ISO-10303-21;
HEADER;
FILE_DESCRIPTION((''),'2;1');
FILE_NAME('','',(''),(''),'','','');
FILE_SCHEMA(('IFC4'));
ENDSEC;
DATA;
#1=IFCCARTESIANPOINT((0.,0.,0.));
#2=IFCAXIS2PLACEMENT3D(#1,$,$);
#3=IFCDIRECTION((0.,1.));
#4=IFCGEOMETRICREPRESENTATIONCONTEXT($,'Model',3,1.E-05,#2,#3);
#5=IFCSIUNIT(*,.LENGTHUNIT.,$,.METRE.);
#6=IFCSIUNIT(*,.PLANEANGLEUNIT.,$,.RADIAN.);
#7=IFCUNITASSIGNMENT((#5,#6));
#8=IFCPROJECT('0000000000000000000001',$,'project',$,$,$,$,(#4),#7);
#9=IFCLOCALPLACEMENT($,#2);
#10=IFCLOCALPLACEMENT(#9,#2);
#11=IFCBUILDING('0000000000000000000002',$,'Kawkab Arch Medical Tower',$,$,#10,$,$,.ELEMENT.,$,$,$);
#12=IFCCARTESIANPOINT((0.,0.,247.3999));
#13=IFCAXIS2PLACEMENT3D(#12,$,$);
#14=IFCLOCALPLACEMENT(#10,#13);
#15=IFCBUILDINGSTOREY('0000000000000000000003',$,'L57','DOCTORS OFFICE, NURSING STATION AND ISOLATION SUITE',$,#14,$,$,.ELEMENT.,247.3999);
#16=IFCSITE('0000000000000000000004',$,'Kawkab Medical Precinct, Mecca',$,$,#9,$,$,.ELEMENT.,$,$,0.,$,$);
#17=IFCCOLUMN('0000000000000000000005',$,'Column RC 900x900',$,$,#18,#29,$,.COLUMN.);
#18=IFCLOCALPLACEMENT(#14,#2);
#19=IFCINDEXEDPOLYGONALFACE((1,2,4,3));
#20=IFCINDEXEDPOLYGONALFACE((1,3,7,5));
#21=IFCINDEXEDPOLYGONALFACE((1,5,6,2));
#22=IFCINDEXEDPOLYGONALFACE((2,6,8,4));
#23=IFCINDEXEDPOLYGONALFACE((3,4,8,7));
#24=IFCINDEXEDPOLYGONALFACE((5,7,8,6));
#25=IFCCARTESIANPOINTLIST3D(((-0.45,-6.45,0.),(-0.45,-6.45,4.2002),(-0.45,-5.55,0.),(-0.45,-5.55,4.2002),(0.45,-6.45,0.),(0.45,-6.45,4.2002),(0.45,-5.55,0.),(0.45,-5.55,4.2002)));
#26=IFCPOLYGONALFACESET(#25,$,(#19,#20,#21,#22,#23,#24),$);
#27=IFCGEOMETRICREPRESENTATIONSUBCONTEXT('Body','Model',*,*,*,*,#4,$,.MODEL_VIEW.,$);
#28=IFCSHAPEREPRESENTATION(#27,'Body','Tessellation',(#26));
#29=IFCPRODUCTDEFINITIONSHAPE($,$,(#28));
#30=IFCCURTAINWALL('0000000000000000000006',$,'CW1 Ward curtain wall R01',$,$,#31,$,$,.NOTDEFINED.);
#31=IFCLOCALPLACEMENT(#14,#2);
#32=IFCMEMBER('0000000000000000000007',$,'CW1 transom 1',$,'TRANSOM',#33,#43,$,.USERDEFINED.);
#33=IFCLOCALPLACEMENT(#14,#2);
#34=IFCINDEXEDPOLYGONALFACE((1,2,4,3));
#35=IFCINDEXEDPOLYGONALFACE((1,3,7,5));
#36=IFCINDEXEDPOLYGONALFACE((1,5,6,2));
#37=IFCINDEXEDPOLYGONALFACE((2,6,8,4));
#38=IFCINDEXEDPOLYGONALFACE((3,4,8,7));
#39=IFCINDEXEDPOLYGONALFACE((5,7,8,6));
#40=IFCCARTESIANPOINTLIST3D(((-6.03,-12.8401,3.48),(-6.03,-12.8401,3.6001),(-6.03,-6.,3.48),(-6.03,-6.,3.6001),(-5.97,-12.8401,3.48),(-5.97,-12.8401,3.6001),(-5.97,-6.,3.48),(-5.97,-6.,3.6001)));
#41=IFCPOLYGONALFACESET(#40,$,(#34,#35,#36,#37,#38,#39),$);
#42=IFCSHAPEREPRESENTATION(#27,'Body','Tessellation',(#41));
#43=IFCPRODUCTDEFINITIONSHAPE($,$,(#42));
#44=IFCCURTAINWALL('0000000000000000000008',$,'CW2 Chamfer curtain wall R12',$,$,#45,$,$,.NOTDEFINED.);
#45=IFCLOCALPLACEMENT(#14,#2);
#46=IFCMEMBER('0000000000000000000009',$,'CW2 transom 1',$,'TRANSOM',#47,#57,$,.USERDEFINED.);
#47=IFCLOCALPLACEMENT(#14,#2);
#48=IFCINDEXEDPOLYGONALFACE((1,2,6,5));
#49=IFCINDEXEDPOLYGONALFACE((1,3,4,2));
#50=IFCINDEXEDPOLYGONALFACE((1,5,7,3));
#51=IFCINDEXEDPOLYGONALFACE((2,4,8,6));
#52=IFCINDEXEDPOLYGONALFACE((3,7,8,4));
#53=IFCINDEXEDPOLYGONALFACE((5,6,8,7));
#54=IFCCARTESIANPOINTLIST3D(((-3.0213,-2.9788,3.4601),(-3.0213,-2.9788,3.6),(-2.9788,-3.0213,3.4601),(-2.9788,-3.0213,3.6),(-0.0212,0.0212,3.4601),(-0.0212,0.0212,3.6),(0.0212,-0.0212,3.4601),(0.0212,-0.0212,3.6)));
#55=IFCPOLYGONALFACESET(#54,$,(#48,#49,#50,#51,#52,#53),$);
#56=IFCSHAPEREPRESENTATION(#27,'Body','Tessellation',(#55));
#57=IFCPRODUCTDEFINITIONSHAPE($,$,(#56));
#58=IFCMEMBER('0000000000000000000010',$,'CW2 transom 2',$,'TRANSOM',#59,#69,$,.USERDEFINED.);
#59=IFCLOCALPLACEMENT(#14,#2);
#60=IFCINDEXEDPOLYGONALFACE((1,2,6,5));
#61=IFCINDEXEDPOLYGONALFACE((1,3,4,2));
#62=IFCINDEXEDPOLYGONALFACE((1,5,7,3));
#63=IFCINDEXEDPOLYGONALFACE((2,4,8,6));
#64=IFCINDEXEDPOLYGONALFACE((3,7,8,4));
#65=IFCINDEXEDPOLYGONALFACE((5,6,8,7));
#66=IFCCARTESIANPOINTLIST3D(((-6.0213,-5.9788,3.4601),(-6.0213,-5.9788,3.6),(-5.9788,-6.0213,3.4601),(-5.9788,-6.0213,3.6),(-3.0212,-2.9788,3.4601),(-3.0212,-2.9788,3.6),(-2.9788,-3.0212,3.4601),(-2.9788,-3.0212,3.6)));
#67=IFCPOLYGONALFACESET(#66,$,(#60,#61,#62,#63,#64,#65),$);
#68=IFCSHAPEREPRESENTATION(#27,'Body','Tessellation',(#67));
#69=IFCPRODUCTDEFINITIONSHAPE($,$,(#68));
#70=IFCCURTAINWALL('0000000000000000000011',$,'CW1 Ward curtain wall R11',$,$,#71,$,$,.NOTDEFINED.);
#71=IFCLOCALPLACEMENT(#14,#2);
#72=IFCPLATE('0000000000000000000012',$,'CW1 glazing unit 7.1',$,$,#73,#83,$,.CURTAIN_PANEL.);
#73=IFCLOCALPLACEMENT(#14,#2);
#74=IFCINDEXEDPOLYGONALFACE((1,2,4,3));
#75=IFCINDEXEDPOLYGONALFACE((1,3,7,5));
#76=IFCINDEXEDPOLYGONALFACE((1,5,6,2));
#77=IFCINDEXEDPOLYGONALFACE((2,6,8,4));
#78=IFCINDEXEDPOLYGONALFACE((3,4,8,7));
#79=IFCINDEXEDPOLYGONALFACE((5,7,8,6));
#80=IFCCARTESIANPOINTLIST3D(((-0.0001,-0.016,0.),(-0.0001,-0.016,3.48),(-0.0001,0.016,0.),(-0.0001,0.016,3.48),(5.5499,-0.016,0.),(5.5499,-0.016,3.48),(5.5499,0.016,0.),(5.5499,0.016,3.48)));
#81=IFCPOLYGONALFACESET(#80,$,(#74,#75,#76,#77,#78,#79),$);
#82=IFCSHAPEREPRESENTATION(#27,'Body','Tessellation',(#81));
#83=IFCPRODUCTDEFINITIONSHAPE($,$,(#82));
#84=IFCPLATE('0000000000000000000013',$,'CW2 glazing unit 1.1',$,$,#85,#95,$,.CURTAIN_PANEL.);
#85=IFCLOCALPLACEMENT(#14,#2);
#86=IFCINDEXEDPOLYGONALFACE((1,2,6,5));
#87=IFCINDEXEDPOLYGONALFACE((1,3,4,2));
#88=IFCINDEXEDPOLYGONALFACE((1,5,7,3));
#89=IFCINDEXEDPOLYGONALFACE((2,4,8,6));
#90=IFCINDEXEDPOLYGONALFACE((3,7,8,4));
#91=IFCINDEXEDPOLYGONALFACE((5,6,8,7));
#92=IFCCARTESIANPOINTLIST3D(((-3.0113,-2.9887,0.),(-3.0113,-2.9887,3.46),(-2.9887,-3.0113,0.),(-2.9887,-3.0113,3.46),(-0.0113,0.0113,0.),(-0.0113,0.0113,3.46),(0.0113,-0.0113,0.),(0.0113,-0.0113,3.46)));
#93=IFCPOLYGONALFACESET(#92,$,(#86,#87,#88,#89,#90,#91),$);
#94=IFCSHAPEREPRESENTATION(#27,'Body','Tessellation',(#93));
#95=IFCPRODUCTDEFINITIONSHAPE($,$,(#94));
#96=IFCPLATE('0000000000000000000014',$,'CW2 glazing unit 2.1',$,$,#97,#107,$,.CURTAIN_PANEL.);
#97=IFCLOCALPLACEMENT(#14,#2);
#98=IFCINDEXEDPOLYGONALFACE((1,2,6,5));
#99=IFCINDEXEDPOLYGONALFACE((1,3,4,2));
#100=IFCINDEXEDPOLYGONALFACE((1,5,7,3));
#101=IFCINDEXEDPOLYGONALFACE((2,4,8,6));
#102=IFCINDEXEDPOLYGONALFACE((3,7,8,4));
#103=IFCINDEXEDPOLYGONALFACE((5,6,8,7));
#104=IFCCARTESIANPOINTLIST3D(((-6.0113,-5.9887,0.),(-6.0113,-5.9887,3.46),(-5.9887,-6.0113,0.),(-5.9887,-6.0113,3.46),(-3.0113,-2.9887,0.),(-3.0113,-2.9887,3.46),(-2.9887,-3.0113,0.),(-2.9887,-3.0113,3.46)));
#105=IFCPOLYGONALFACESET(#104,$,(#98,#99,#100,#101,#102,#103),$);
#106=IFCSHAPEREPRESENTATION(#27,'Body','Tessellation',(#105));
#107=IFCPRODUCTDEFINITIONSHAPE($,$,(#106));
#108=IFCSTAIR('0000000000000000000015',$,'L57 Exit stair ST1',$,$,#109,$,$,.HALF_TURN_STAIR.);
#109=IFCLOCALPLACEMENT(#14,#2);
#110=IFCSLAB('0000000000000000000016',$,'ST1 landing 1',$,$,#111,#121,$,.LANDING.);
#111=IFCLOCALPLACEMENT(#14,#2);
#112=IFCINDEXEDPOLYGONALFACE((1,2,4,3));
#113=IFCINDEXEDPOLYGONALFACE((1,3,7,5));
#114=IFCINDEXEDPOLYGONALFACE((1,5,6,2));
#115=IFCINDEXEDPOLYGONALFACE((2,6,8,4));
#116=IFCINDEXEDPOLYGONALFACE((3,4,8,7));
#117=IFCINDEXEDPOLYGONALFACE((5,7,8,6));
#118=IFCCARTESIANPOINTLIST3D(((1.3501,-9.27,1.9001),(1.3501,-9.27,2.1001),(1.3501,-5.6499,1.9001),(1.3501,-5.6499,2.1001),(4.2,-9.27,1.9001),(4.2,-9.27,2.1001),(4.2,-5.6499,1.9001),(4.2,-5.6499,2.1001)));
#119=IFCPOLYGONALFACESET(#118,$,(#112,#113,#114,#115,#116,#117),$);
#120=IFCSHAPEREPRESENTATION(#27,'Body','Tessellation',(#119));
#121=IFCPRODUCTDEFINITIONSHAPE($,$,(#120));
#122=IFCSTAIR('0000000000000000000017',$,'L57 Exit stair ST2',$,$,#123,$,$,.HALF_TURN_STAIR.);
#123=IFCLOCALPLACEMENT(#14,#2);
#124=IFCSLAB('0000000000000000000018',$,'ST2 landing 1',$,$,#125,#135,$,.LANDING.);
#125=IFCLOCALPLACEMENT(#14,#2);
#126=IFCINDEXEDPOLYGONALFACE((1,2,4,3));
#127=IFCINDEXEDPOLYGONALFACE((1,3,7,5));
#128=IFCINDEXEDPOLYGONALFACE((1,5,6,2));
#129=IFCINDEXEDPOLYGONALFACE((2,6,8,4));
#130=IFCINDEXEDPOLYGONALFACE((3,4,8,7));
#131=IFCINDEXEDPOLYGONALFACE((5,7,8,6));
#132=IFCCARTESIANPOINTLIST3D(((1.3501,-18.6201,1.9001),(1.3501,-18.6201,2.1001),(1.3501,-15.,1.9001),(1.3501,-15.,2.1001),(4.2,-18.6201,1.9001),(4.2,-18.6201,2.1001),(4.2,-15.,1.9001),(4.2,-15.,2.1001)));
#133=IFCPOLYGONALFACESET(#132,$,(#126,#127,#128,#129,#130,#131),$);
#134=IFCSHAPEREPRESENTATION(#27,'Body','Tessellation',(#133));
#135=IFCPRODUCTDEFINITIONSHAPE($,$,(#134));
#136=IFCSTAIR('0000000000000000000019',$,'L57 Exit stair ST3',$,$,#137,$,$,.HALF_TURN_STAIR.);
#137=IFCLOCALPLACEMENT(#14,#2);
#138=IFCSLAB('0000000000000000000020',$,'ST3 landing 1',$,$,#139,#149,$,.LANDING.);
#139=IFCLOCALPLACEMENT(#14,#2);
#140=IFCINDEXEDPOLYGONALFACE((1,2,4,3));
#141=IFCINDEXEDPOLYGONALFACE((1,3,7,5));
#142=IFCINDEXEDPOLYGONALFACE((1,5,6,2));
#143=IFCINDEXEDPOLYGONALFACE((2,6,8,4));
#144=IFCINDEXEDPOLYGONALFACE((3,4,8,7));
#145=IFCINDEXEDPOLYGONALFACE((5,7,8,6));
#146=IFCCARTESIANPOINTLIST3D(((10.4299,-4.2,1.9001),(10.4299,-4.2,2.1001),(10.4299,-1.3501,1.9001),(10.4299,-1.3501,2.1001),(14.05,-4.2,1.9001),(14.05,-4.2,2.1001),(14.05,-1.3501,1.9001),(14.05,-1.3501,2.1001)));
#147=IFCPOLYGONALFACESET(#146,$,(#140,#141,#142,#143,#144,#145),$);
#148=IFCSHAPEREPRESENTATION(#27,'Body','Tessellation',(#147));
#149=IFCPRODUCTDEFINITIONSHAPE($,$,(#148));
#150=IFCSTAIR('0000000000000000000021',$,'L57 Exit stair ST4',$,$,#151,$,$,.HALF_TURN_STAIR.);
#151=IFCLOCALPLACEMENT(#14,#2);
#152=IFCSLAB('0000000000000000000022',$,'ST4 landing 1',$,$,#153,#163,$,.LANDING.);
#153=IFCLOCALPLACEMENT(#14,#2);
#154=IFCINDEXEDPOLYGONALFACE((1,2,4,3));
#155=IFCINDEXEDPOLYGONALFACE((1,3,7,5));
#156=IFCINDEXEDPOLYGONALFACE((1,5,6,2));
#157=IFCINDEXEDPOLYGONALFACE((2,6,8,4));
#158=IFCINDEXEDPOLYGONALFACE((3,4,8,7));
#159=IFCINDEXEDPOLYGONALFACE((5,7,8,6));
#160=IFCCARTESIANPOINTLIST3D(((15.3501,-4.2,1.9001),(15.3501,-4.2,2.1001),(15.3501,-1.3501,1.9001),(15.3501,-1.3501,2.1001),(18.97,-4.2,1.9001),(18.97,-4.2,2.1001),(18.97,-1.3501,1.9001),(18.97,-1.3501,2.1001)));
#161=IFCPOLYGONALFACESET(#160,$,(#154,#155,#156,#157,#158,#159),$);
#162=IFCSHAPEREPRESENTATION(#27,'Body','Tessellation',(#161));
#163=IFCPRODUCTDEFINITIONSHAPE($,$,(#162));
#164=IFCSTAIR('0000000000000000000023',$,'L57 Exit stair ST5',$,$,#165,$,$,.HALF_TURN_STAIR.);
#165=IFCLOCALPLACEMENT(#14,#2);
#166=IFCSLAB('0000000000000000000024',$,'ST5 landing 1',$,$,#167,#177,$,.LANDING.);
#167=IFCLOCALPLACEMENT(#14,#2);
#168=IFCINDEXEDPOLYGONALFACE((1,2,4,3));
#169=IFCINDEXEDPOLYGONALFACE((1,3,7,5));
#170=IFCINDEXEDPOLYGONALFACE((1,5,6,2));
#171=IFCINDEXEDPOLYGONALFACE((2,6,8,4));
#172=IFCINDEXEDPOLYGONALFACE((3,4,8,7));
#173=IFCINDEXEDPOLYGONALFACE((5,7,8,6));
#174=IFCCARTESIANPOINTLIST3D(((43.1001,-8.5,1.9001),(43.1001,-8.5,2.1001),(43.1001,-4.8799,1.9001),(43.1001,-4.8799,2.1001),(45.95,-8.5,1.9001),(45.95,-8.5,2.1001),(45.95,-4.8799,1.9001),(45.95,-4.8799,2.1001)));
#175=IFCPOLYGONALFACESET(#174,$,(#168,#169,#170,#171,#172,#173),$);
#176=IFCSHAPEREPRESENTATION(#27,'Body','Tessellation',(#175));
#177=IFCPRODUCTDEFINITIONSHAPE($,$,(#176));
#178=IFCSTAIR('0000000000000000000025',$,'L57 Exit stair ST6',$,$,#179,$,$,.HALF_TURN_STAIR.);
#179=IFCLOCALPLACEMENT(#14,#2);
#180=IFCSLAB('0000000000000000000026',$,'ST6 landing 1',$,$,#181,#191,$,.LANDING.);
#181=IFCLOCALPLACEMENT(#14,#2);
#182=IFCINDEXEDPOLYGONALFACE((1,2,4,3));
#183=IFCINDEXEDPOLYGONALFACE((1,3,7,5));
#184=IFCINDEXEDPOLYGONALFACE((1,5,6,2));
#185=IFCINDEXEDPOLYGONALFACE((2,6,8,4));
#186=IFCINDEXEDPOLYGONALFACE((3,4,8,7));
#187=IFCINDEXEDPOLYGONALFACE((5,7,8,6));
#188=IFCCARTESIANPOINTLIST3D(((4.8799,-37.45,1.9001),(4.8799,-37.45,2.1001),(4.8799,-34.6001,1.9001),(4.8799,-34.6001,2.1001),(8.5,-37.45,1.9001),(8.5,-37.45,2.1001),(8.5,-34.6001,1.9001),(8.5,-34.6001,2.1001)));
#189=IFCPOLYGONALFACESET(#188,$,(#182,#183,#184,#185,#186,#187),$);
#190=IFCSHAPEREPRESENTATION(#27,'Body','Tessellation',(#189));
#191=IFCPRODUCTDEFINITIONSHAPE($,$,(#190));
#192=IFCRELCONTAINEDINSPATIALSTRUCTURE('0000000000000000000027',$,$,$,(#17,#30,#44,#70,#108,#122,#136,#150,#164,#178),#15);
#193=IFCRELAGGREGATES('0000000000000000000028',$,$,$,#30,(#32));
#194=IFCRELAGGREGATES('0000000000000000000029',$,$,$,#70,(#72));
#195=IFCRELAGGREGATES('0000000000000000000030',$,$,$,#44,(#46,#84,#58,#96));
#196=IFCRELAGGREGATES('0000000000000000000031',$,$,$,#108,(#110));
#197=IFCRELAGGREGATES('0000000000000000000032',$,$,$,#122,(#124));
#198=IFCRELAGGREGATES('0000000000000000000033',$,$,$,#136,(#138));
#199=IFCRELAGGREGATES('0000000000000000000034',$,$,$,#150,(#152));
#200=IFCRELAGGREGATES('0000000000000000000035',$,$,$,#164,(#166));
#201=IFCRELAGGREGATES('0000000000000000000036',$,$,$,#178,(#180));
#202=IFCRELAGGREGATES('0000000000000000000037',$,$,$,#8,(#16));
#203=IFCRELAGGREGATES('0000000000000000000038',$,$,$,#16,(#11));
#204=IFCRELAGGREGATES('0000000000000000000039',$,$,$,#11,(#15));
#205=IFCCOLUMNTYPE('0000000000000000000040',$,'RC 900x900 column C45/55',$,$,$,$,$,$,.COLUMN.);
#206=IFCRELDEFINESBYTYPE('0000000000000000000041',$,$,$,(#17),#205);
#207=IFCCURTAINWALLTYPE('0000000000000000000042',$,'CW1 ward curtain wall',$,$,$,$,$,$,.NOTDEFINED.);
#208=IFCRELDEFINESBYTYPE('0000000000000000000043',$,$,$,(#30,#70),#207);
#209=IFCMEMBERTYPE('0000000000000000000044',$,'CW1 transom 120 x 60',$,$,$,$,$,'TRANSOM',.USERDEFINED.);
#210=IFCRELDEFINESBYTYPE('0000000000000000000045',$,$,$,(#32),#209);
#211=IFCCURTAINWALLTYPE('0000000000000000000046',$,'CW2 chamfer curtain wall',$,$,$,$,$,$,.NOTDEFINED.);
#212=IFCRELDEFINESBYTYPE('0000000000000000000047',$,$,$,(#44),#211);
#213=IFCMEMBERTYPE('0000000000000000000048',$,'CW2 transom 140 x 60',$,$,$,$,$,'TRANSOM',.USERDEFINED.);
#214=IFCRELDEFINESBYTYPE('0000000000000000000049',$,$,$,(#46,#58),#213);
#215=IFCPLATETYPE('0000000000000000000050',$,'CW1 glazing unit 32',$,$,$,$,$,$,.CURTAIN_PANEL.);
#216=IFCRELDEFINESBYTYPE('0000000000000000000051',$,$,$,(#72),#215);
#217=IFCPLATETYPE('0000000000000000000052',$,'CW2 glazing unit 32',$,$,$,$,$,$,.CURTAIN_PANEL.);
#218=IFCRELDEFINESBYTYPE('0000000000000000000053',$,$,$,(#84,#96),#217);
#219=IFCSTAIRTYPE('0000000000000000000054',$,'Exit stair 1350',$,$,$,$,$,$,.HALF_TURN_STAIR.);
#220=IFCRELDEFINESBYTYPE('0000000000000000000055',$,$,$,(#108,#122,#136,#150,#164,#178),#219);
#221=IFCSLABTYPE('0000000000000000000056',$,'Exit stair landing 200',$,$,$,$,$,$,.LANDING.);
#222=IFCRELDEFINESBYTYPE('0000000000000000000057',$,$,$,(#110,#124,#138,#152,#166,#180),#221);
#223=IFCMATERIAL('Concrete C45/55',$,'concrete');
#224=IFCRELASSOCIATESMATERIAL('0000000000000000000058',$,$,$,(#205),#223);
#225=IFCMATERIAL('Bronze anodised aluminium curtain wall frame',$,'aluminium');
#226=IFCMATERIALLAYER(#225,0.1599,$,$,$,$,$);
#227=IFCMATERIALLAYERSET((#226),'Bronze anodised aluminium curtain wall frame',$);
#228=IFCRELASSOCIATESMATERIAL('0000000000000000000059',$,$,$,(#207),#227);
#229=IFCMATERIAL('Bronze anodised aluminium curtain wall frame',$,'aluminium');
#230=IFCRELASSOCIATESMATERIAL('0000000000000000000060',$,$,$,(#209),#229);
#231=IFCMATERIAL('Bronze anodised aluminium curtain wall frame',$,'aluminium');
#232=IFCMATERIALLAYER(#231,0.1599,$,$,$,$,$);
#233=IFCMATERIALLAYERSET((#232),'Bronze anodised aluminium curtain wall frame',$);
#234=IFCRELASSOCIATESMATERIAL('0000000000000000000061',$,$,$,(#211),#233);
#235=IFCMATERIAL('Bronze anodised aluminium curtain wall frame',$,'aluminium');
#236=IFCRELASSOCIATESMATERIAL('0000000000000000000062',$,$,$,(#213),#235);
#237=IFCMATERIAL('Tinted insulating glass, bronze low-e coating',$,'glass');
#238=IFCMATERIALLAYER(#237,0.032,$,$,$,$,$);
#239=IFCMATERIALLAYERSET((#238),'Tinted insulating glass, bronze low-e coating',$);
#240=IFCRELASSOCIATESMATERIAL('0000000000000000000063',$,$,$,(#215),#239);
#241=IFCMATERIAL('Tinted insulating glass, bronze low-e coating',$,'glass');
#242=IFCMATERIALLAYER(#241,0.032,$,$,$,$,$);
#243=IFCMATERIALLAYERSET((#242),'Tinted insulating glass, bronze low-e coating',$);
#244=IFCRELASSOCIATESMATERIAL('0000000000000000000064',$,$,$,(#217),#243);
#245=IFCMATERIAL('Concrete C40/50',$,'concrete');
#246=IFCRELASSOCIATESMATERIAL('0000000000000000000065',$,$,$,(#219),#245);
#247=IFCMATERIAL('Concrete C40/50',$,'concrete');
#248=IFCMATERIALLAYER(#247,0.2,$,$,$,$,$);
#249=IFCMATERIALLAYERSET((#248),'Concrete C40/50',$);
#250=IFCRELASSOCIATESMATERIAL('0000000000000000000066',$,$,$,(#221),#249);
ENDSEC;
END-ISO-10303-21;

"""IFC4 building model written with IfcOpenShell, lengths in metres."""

from ifc_helpers import new_model, si_unit, direction, frame, origin, origin_2d, place, context, subcontext, project, spatial, polyline, rectangle, outline, extrude, material, layer, layer_set, material_profile, profile_set, type_object, element, aggregate, save


model = new_model("IFC4")

# Units and contexts
model_context = context("Model", 3, precision=1e-05, world=origin(), true_north=direction((0.0, 1.0)))
body_context = subcontext(model_context, "Body", "Model", "MODEL_VIEW")
ifc_project = project(units=[si_unit("LENGTHUNIT", "METRE"), si_unit("PLANEANGLEUNIT", "RADIAN")], contexts=[model_context])

# Site, building, storey
site_placement = place(None, origin())
site = spatial("IfcSite", under=ifc_project, at=site_placement, Name="Kawkab Medical Precinct, Mecca", CompositionType="ELEMENT", RefElevation=0.0)
building_placement = place(site_placement, origin())
building = spatial("IfcBuilding", under=site, at=building_placement, Name="Kawkab Arch Medical Tower", CompositionType="ELEMENT")
storey_placement = place(building_placement, frame((0.0, 0.0, 247.3999)))
storey = spatial("IfcBuildingStorey", under=building, at=storey_placement, Name="L57", Description="DOCTORS OFFICE, NURSING STATION AND ISOLATION SUITE", CompositionType="ELEMENT", Elevation=247.3999)

# Column
ifc_material_1 = material(Name="Concrete C45/55", Category="concrete")
ifc_material_profile_1 = material_profile(ifc_material_1, rectangle(XDim=0.8999, YDim=0.8999, at=origin_2d()), Name="RC 900x900")
ifc_profile_set_1 = profile_set([ifc_material_profile_1], Name="Concrete C45/55")
column_type = type_object("IfcColumnType", Name="RC 900x900 column C45/55", PredefinedType="COLUMN", material=ifc_profile_set_1)
column_placement = place(storey_placement, frame((0.0, -6.0, 0.0), z_axis=(0.0, 0.0, 1.0), x_axis=(1.0, 0.0, 0.0)))
element("IfcColumn", 1, at=column_placement, inside=storey, type_object=column_type, Name="Column RC 900x900", PredefinedType="COLUMN", context=body_context, shape_type="SweptSolid", body=[
    extrude(rectangle(XDim=0.8999, YDim=0.8999, at=origin_2d()), origin(), (0.0, 0.0, 1.0), 4.2002),
])

# Curtain wall, member
ifc_material_2 = material(Name="Bronze anodised aluminium curtain wall frame", Category="aluminium")
ifc_layer_1 = layer(ifc_material_2, 0.1599)
ifc_layer_set_1 = layer_set([ifc_layer_1], Name="Bronze anodised aluminium curtain wall frame")
curtain_wall_type_1 = type_object("IfcCurtainWallType", Name="CW1 ward curtain wall", PredefinedType="NOTDEFINED", material=ifc_layer_set_1)
placement_1 = place(storey_placement, origin())
curtain_wall_1 = element("IfcCurtainWall", 2, at=placement_1, inside=storey, type_object=curtain_wall_type_1, Name="CW1 Ward curtain wall R01", PredefinedType="NOTDEFINED")
ifc_material_3 = material(Name="Bronze anodised aluminium curtain wall frame", Category="aluminium")
ifc_material_profile_2 = material_profile(ifc_material_3, rectangle(XDim=0.0601, YDim=0.1201, at=origin_2d()), Name="AL 60x120")
ifc_profile_set_2 = profile_set([ifc_material_profile_2], Name="Bronze anodised aluminium curtain wall frame")
member_type_1 = type_object("IfcMemberType", Name="CW1 transom 120 x 60", ElementType="TRANSOM", PredefinedType="USERDEFINED", material=ifc_profile_set_2)
member_1_placement = place(storey_placement, frame((-6.0, -6.0, 3.54), z_axis=(0.0, -1.0, 0.0), x_axis=(1.0, 0.0, 0.0)))
member_1 = element("IfcMember", 3, at=member_1_placement, type_object=member_type_1, Name="CW1 transom 1", ObjectType="TRANSOM", PredefinedType="USERDEFINED", context=body_context, shape_type="SweptSolid", body=[
    extrude(rectangle(XDim=0.0601, YDim=0.1201, at=origin_2d()), origin(), (0.0, 0.0, 1.0), 6.8401),
])
aggregate(curtain_wall_1, [member_1])

# Curtain wall, members
ifc_material_4 = material(Name="Bronze anodised aluminium curtain wall frame", Category="aluminium")
ifc_layer_2 = layer(ifc_material_4, 0.1599)
ifc_layer_set_2 = layer_set([ifc_layer_2], Name="Bronze anodised aluminium curtain wall frame")
curtain_wall_type_2 = type_object("IfcCurtainWallType", Name="CW2 chamfer curtain wall", PredefinedType="NOTDEFINED", material=ifc_layer_set_2)
curtain_wall_2 = element("IfcCurtainWall", 4, at=placement_1, inside=storey, type_object=curtain_wall_type_2, Name="CW2 Chamfer curtain wall R12", PredefinedType="NOTDEFINED")
ifc_material_5 = material(Name="Bronze anodised aluminium curtain wall frame", Category="aluminium")
ifc_material_profile_3 = material_profile(ifc_material_5, rectangle(XDim=0.0601, YDim=0.1399, at=origin_2d()), Name="AL 60x140")
ifc_profile_set_3 = profile_set([ifc_material_profile_3], Name="Bronze anodised aluminium curtain wall frame")
member_type_2 = type_object("IfcMemberType", Name="CW2 transom 140 x 60", ElementType="TRANSOM", PredefinedType="USERDEFINED", material=ifc_profile_set_3)
member_2_placement = place(storey_placement, frame((0.0, 0.0, 3.53), z_axis=(-0.707107, -0.707107, 0.0), x_axis=(0.707107, -0.707107, 0.0)))
member_2 = element("IfcMember", 5, at=member_2_placement, type_object=member_type_2, Name="CW2 transom 1", ObjectType="TRANSOM", PredefinedType="USERDEFINED", context=body_context, shape_type="SweptSolid", body=[
    extrude(rectangle(XDim=0.0601, YDim=0.1399, at=origin_2d()), origin(), (0.0, 0.0, 1.0), 4.2427),
])
member_3_placement = place(storey_placement, frame((-3.0, -3.0, 3.53), z_axis=(-0.707107, -0.707107, 0.0), x_axis=(0.707107, -0.707107, 0.0)))
member_3 = element("IfcMember", 6, at=member_3_placement, type_object=member_type_2, Name="CW2 transom 2", ObjectType="TRANSOM", PredefinedType="USERDEFINED", context=body_context, shape_type="SweptSolid", body=[
    extrude(rectangle(XDim=0.0601, YDim=0.1399, at=origin_2d()), origin(), (0.0, 0.0, 1.0), 4.2427),
])

# Curtain wall, plate
curtain_wall_3 = element("IfcCurtainWall", 7, at=placement_1, inside=storey, type_object=curtain_wall_type_1, Name="CW1 Ward curtain wall R11", PredefinedType="NOTDEFINED")
ifc_material_6 = material(Name="Tinted insulating glass, bronze low-e coating", Category="glass")
ifc_layer_3 = layer(ifc_material_6, 0.032)
ifc_layer_set_3 = layer_set([ifc_layer_3], Name="Tinted insulating glass, bronze low-e coating")
plate_type_1 = type_object("IfcPlateType", Name="CW1 glazing unit 32", PredefinedType="CURTAIN_PANEL", material=ifc_layer_set_3)
plate_1_placement = place(storey_placement, frame((2.7749, 0.0, 0.0), z_axis=(0.0, 0.0, 1.0), x_axis=(-1.0, 0.0, 0.0)))
plate_1 = element("IfcPlate", 8, at=plate_1_placement, type_object=plate_type_1, Name="CW1 glazing unit 7.1", PredefinedType="CURTAIN_PANEL", context=body_context, shape_type="SweptSolid", body=[
    extrude(rectangle(XDim=5.55, YDim=0.032, at=origin_2d()), origin(), (0.0, 0.0, 1.0), 3.48),
])
aggregate(curtain_wall_3, [plate_1])

# Plates
ifc_material_7 = material(Name="Tinted insulating glass, bronze low-e coating", Category="glass")
ifc_layer_4 = layer(ifc_material_7, 0.032)
ifc_layer_set_4 = layer_set([ifc_layer_4], Name="Tinted insulating glass, bronze low-e coating")
plate_type_2 = type_object("IfcPlateType", Name="CW2 glazing unit 32", PredefinedType="CURTAIN_PANEL", material=ifc_layer_set_4)
plate_2_placement = place(storey_placement, frame((-1.5, -1.5, 0.0), z_axis=(0.0, 0.0, 1.0), x_axis=(-0.707107, -0.707107, 0.0)))
plate_2 = element("IfcPlate", 9, at=plate_2_placement, type_object=plate_type_2, Name="CW2 glazing unit 1.1", PredefinedType="CURTAIN_PANEL", context=body_context, shape_type="SweptSolid", body=[
    extrude(rectangle(XDim=4.2427, YDim=0.032, at=origin_2d()), origin(), (0.0, 0.0, 1.0), 3.46),
])
plate_3_placement = place(storey_placement, frame((-4.5, -4.5, 0.0), z_axis=(0.0, 0.0, 1.0), x_axis=(-0.707107, -0.707107, 0.0)))
plate_3 = element("IfcPlate", 10, at=plate_3_placement, type_object=plate_type_2, Name="CW2 glazing unit 2.1", PredefinedType="CURTAIN_PANEL", context=body_context, shape_type="SweptSolid", body=[
    extrude(rectangle(XDim=4.2427, YDim=0.032, at=origin_2d()), origin(), (0.0, 0.0, 1.0), 3.46),
])
aggregate(curtain_wall_2, [member_2, plate_2, member_3, plate_3])

# Stairs, slabs
ifc_material_8 = material(Name="Concrete C40/50", Category="concrete")
stair_type = type_object("IfcStairType", Name="Exit stair 1350", PredefinedType="HALF_TURN_STAIR", material=ifc_material_8)
stair_1 = element("IfcStair", 11, at=placement_1, inside=storey, type_object=stair_type, Name="L57 Exit stair ST1", PredefinedType="HALF_TURN_STAIR")
ifc_material_9 = material(Name="Concrete C40/50", Category="concrete")
ifc_layer_5 = layer(ifc_material_9, 0.2)
ifc_layer_set_5 = layer_set([ifc_layer_5], Name="Concrete C40/50")
slab_type_1 = type_object("IfcSlabType", Name="Exit stair landing 200", PredefinedType="LANDING", material=ifc_layer_set_5)
placement_2 = place(storey_placement, frame((0.0, 0.0, 1.9001)))
slab_1 = element("IfcSlab", 12, at=placement_2, type_object=slab_type_1, Name="ST1 landing 1", PredefinedType="LANDING", context=body_context, shape_type="SweptSolid", body=[
    extrude(outline(polyline([(4.2, -9.27), (4.2, -5.6499), (1.3501, -5.6499), (1.3501, -9.27), (4.2, -9.27)])), origin(), (0.0, 0.0, 1.0), 0.2),
])
aggregate(stair_1, [slab_1])
stair_2 = element("IfcStair", 13, at=placement_1, inside=storey, type_object=stair_type, Name="L57 Exit stair ST2", PredefinedType="HALF_TURN_STAIR")
slab_2 = element("IfcSlab", 14, at=placement_2, type_object=slab_type_1, Name="ST2 landing 1", PredefinedType="LANDING", context=body_context, shape_type="SweptSolid", body=[
    extrude(outline(polyline([(4.2, -18.6201), (4.2, -15.0), (1.3501, -15.0), (1.3501, -18.6201), (4.2, -18.6201)])), origin(), (0.0, 0.0, 1.0), 0.2),
])
aggregate(stair_2, [slab_2])
stair_3 = element("IfcStair", 15, at=placement_1, inside=storey, type_object=stair_type, Name="L57 Exit stair ST3", PredefinedType="HALF_TURN_STAIR")
slab_3 = element("IfcSlab", 16, at=placement_2, type_object=slab_type_1, Name="ST3 landing 1", PredefinedType="LANDING", context=body_context, shape_type="SweptSolid", body=[
    extrude(outline(polyline([(10.4299, -4.2), (14.05, -4.2), (14.05, -1.3501), (10.4299, -1.3501), (10.4299, -4.2)])), origin(), (0.0, 0.0, 1.0), 0.2),
])
aggregate(stair_3, [slab_3])
stair_4 = element("IfcStair", 17, at=placement_1, inside=storey, type_object=stair_type, Name="L57 Exit stair ST4", PredefinedType="HALF_TURN_STAIR")
slab_4 = element("IfcSlab", 18, at=placement_2, type_object=slab_type_1, Name="ST4 landing 1", PredefinedType="LANDING", context=body_context, shape_type="SweptSolid", body=[
    extrude(outline(polyline([(18.97, -1.3501), (15.3501, -1.3501), (15.3501, -4.2), (18.97, -4.2), (18.97, -1.3501)])), origin(), (0.0, 0.0, 1.0), 0.2),
])
aggregate(stair_4, [slab_4])
stair_5 = element("IfcStair", 19, at=placement_1, inside=storey, type_object=stair_type, Name="L57 Exit stair ST5", PredefinedType="HALF_TURN_STAIR")
slab_5 = element("IfcSlab", 20, at=placement_2, type_object=slab_type_1, Name="ST5 landing 1", PredefinedType="LANDING", context=body_context, shape_type="SweptSolid", body=[
    extrude(outline(polyline([(43.1001, -4.8799), (43.1001, -8.5), (45.95, -8.5), (45.95, -4.8799), (43.1001, -4.8799)])), origin(), (0.0, 0.0, 1.0), 0.2),
])
aggregate(stair_5, [slab_5])
stair_6 = element("IfcStair", 21, at=placement_1, inside=storey, type_object=stair_type, Name="L57 Exit stair ST6", PredefinedType="HALF_TURN_STAIR")
slab_6 = element("IfcSlab", 22, at=placement_2, type_object=slab_type_1, Name="ST6 landing 1", PredefinedType="LANDING", context=body_context, shape_type="SweptSolid", body=[
    extrude(outline(polyline([(4.8799, -37.45), (8.5, -37.45), (8.5, -34.6001), (4.8799, -34.6001), (4.8799, -37.45)])), origin(), (0.0, 0.0, 1.0), 0.2),
])
aggregate(stair_6, [slab_6])

save(model, "model.ifc")
